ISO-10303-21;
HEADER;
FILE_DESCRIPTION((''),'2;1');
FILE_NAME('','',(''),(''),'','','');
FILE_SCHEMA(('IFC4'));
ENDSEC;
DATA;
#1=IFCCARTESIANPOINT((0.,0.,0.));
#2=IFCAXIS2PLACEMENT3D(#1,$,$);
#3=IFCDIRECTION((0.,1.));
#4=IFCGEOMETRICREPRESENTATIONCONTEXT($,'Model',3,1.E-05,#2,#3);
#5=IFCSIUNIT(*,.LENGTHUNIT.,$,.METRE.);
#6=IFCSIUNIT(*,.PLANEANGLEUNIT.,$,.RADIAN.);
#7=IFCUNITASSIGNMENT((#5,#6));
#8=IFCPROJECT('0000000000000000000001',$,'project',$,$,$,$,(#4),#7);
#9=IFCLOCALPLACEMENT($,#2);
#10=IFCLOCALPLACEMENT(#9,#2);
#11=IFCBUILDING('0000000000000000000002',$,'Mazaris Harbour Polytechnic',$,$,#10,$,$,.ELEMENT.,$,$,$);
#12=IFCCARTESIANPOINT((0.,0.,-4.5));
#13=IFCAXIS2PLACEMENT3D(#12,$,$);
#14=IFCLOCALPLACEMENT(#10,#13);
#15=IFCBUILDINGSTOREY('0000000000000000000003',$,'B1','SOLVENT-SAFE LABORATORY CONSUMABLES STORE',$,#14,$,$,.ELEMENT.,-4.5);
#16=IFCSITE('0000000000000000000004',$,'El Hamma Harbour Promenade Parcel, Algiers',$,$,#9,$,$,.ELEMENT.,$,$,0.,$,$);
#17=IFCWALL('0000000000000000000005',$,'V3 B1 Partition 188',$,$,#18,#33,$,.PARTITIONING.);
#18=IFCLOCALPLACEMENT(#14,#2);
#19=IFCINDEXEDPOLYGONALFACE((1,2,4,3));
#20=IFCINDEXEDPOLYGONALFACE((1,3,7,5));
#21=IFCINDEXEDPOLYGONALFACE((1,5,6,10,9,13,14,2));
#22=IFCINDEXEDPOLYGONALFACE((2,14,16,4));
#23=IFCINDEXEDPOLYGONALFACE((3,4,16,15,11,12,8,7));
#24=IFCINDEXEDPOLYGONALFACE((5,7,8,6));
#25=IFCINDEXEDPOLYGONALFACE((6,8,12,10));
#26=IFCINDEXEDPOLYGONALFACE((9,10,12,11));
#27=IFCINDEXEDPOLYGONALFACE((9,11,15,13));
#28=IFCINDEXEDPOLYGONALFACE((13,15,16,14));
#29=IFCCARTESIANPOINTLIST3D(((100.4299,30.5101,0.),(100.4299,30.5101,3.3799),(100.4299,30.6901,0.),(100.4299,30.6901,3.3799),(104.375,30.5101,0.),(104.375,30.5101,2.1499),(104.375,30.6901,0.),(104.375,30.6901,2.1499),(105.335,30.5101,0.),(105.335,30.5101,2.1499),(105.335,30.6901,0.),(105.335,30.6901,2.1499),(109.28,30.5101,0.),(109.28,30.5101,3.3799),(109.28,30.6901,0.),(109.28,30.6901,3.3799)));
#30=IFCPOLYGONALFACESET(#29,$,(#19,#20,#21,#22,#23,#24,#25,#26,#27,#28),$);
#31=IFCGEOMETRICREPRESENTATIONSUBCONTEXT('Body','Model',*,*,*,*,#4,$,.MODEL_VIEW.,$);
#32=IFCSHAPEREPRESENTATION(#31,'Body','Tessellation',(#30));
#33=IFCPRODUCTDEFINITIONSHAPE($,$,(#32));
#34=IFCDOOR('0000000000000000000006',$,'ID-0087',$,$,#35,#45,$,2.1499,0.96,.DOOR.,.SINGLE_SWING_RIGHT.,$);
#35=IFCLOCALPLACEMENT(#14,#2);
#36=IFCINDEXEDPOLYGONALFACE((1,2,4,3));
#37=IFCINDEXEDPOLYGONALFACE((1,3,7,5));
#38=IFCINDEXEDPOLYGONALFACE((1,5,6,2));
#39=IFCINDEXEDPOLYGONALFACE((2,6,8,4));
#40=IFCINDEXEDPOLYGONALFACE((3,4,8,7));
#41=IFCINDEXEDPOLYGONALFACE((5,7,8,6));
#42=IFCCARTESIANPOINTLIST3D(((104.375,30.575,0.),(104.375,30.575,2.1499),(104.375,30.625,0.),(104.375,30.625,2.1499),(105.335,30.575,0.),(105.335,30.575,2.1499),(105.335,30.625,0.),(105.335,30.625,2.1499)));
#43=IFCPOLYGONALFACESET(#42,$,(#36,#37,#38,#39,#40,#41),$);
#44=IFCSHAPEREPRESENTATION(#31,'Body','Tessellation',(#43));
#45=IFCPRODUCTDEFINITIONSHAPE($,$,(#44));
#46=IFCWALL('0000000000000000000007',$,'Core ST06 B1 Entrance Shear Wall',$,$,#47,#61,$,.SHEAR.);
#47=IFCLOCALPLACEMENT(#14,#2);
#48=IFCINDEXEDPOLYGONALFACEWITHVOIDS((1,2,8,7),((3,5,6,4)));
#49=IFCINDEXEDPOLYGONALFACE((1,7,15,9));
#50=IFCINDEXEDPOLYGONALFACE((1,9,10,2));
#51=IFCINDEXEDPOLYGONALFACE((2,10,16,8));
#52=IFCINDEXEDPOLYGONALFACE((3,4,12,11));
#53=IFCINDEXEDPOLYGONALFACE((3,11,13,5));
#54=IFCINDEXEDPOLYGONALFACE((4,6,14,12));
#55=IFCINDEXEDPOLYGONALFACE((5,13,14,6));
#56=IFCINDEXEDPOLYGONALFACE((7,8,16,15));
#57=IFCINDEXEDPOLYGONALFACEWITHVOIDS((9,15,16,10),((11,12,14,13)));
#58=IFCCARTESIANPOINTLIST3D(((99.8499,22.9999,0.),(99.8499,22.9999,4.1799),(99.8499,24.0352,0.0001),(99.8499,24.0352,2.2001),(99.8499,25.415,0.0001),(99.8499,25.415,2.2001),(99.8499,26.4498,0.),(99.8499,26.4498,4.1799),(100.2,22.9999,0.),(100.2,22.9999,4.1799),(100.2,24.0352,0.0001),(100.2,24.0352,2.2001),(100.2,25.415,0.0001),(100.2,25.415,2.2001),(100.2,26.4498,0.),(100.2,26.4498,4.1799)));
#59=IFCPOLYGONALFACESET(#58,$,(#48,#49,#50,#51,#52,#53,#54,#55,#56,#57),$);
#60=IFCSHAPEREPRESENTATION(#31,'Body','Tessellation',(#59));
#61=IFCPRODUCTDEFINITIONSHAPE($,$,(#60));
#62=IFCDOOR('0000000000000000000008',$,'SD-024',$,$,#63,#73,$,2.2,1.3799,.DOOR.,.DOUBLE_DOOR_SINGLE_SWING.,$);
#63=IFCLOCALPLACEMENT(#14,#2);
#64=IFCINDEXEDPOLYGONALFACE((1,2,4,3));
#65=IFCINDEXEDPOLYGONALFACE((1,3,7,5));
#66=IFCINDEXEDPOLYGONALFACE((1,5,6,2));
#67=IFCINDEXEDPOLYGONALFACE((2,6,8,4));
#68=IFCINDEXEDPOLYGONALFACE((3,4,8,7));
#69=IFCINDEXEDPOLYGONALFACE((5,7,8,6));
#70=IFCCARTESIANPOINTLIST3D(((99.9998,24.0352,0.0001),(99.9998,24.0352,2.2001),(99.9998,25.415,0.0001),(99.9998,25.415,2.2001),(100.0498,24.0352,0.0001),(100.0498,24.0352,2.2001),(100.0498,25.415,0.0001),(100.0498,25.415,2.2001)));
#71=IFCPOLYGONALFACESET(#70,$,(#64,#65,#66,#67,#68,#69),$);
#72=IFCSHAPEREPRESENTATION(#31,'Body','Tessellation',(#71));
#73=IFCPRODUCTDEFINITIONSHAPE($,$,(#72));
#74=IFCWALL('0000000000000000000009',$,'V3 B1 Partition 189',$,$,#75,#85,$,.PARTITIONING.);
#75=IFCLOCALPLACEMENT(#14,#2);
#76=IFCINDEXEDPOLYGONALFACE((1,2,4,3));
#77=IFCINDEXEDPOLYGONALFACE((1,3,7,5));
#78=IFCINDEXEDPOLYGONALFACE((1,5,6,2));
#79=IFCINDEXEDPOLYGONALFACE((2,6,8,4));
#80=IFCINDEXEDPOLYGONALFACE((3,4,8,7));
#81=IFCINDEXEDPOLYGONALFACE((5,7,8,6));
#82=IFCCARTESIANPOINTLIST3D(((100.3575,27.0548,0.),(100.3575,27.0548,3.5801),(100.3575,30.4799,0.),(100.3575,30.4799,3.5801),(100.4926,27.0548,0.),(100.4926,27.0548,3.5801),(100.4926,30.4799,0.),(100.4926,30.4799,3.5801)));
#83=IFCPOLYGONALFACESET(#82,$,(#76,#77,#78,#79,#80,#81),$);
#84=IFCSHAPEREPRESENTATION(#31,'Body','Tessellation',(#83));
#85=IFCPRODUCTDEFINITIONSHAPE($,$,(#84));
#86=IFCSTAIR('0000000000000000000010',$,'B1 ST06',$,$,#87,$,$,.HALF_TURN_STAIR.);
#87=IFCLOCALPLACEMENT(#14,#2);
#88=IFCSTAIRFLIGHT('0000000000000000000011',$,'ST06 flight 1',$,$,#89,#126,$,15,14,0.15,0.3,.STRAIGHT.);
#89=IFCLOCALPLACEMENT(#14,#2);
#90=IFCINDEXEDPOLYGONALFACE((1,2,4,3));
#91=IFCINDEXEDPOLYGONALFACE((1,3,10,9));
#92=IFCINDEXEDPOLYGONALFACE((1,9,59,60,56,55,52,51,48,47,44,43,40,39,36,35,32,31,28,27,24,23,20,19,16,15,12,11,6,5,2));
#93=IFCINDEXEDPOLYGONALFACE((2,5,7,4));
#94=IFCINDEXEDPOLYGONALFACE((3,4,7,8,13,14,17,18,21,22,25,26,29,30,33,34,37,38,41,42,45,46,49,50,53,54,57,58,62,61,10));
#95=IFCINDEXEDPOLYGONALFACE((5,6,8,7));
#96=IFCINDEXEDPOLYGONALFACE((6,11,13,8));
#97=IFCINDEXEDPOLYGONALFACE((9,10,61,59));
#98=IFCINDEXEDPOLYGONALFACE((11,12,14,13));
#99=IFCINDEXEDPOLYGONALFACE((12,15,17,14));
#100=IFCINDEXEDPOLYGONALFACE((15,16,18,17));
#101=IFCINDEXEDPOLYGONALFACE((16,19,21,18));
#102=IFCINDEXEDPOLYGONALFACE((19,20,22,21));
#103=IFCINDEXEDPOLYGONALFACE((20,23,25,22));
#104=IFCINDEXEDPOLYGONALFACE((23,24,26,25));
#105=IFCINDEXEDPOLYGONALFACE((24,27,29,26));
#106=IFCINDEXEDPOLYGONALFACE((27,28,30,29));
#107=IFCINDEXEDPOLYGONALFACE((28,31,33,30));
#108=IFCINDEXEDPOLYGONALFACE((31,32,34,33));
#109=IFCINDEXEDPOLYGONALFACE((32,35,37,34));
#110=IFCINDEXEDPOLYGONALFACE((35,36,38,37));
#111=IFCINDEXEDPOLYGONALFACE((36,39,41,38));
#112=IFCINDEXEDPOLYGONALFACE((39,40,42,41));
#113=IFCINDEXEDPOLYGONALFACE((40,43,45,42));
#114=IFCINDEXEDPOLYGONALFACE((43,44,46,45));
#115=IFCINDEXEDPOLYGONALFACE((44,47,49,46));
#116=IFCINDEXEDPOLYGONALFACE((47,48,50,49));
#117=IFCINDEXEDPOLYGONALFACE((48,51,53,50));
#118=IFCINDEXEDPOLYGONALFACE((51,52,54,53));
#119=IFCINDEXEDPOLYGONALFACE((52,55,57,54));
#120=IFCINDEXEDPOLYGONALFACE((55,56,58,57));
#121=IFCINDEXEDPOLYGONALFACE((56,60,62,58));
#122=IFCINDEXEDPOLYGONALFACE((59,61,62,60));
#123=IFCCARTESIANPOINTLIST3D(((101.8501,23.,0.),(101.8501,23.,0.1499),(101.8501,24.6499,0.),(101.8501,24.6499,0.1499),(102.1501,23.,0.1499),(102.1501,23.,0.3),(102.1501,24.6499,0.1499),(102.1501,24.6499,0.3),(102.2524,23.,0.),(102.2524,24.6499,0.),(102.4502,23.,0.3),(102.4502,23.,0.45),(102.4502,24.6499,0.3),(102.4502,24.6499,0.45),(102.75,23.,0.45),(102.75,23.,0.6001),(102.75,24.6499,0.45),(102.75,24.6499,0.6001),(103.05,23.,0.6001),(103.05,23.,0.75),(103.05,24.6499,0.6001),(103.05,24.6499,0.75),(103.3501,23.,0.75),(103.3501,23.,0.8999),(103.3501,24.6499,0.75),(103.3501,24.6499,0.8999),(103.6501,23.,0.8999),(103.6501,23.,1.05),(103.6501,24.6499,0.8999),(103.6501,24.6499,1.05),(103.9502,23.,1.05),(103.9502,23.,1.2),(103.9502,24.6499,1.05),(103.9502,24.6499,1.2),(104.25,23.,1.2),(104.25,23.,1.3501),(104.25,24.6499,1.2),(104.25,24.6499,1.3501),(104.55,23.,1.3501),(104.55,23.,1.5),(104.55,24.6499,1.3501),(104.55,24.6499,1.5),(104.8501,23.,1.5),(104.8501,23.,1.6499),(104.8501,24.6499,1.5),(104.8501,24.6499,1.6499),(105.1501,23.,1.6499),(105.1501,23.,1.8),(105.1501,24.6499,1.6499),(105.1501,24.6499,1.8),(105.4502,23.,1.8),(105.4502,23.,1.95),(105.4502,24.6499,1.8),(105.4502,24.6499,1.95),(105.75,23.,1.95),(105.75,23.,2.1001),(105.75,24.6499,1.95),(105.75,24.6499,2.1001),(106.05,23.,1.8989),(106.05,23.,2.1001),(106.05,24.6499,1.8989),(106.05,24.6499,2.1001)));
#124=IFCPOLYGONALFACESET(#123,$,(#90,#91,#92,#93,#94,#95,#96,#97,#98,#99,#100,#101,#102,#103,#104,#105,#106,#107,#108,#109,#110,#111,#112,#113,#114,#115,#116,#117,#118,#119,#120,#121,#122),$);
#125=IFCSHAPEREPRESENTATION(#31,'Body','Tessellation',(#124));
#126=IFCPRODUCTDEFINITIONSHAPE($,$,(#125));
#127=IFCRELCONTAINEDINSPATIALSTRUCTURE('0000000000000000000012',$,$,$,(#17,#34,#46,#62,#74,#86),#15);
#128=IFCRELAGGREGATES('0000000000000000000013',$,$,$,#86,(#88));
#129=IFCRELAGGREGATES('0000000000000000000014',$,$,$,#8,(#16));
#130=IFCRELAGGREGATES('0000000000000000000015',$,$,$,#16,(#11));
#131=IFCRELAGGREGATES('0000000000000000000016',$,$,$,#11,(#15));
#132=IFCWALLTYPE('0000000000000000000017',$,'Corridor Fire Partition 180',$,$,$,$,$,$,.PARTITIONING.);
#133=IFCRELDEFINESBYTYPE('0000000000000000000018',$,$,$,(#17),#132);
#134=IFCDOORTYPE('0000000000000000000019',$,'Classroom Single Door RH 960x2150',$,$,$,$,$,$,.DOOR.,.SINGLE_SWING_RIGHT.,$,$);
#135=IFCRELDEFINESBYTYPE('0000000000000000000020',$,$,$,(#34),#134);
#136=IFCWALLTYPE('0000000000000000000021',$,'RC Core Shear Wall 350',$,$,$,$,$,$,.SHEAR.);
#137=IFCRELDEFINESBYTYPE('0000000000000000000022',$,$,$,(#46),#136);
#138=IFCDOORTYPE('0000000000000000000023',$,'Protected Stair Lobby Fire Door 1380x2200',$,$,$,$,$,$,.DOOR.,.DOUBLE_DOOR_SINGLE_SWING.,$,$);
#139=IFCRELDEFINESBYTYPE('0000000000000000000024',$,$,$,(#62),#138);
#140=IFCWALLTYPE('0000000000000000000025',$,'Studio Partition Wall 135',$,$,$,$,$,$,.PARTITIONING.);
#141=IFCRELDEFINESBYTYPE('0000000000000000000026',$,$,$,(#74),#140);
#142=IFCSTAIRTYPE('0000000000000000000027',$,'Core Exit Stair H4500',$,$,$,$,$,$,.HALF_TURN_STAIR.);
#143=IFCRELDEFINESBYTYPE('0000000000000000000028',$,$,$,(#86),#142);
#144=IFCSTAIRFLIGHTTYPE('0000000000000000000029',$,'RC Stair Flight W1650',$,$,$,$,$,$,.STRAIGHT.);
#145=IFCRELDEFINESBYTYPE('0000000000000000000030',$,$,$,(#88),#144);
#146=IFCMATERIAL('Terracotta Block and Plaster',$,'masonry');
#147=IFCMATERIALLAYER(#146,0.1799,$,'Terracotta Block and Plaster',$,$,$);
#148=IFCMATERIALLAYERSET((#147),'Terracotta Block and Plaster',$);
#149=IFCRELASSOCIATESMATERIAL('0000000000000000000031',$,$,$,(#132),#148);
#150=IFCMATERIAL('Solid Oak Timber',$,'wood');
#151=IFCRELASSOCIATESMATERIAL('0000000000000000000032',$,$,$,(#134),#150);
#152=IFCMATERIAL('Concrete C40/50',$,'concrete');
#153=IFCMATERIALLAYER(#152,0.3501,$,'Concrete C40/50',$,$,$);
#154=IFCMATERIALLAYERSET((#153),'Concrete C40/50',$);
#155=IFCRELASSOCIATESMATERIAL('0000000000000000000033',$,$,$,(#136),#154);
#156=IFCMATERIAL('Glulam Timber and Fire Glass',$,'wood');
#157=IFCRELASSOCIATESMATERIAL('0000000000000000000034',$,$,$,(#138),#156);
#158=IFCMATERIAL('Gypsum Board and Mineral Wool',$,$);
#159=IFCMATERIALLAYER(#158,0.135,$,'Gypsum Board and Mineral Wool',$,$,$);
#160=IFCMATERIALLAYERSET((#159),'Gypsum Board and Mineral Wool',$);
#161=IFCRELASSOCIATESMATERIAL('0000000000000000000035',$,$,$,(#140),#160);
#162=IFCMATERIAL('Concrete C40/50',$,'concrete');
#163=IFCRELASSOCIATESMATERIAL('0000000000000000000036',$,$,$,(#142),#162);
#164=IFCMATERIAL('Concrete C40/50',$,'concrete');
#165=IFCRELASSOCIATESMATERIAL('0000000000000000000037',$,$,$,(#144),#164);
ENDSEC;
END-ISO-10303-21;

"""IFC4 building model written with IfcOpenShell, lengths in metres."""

from ifc_helpers import new_model, si_unit, direction, frame, frame_2d, origin, place, context, subcontext, project, spatial, polyline, rectangle, outline, extrude, material, layer, layer_set, type_object, element, fill, aggregate, save


model = new_model("IFC4")

# Units and contexts
model_context = context("Model", 3, precision=1e-05, world=origin(), true_north=direction((0.0, 1.0)))
body_context = subcontext(model_context, "Body", "Model", "MODEL_VIEW")
ifc_project = project(units=[si_unit("LENGTHUNIT", "METRE"), si_unit("PLANEANGLEUNIT", "RADIAN")], contexts=[model_context])

# Site, building, storey
site_placement = place(None, origin())
site = spatial("IfcSite", under=ifc_project, at=site_placement, Name="El Hamma Harbour Promenade Parcel, Algiers", CompositionType="ELEMENT", RefElevation=0.0)
building_placement = place(site_placement, origin())
building = spatial("IfcBuilding", under=site, at=building_placement, Name="Mazaris Harbour Polytechnic", CompositionType="ELEMENT")
storey_placement = place(building_placement, frame((0.0, 0.0, -4.5)))
storey = spatial("IfcBuildingStorey", under=building, at=storey_placement, Name="B1", Description="SOLVENT-SAFE LABORATORY CONSUMABLES STORE", CompositionType="ELEMENT", Elevation=-4.5)

# Walls, openings, doors
ifc_material_1 = material(Name="Terracotta Block and Plaster", Category="masonry")
ifc_layer_1 = layer(ifc_material_1, 0.1799, Name="Terracotta Block and Plaster")
ifc_layer_set_1 = layer_set([ifc_layer_1], Name="Terracotta Block and Plaster")
wall_type_1 = type_object("IfcWallType", Name="Corridor Fire Partition 180", PredefinedType="PARTITIONING", material=ifc_layer_set_1)
wall_1_placement = place(storey_placement, frame((100.4299, 30.6001, 0.0), z_axis=(0.0, 0.0, 1.0), x_axis=(1.0, 0.0, 0.0)))
wall_1 = element("IfcWall", 1, at=wall_1_placement, inside=storey, type_object=wall_type_1, Name="V3 B1 Partition 188", PredefinedType="PARTITIONING", context=body_context, shape_type="SweptSolid", body=[
    extrude(rectangle(XDim=8.8501, YDim=0.1799, at=frame_2d((4.425, 0.0))), origin(), (0.0, 0.0, 1.0), 3.3799),
])
opening_1_placement = place(wall_1_placement, frame((3.9451, 0.0, 0.0)))
opening_1 = element("IfcOpeningElement", 2, at=opening_1_placement, cuts=wall_1, PredefinedType="OPENING", context=body_context, shape_type="SweptSolid", body=[
    extrude(rectangle(XDim=0.96, YDim=2.1499, at=frame_2d((0.48, 1.075))), frame((0.0, 0.0999, 0.0), z_axis=(0.0, -1.0, 0.0), x_axis=(1.0, 0.0, 0.0)), (0.0, 0.0, 1.0), 0.2),
])
ifc_material_2 = material(Name="Solid Oak Timber", Category="wood")
door_type_1 = type_object("IfcDoorType", Name="Classroom Single Door RH 960x2150", OperationType="SINGLE_SWING_RIGHT", PredefinedType="DOOR", material=ifc_material_2)
door_1_placement = place(opening_1_placement, origin())
door_1 = element("IfcDoor", 3, at=door_1_placement, inside=storey, type_object=door_type_1, Name="ID-0087", OperationType="SINGLE_SWING_RIGHT", OverallHeight=2.1499, OverallWidth=0.96, PredefinedType="DOOR", context=body_context, shape_type="SweptSolid", body=[
    extrude(rectangle(XDim=0.96, YDim=2.1499, at=frame_2d((0.48, 1.075))), frame((0.0, 0.0249, 0.0), z_axis=(0.0, -1.0, 0.0), x_axis=(1.0, 0.0, 0.0)), (0.0, 0.0, 1.0), 0.05),
])
fill(opening_1, door_1)
ifc_material_3 = material(Name="Concrete C40/50", Category="concrete")
ifc_layer_2 = layer(ifc_material_3, 0.3501, Name="Concrete C40/50")
ifc_layer_set_2 = layer_set([ifc_layer_2], Name="Concrete C40/50")
wall_type_2 = type_object("IfcWallType", Name="RC Core Shear Wall 350", PredefinedType="SHEAR", material=ifc_layer_set_2)
wall_2_placement = place(storey_placement, frame((100.0249, 26.45, 0.0), z_axis=(0.0, 0.0, 1.0), x_axis=(0.0, -1.0, 0.0)))
wall_2 = element("IfcWall", 4, at=wall_2_placement, inside=storey, type_object=wall_type_2, Name="Core ST06 B1 Entrance Shear Wall", PredefinedType="SHEAR", context=body_context, shape_type="SweptSolid", body=[
    extrude(rectangle(XDim=3.45, YDim=0.3501, at=frame_2d((1.7251, 0.0))), origin(), (0.0, 0.0, 1.0), 4.1799),
])
opening_2_placement = place(wall_2_placement, frame((1.0349, 0.0, 0.0)))
opening_2 = element("IfcOpeningElement", 5, at=opening_2_placement, cuts=wall_2, PredefinedType="OPENING", context=body_context, shape_type="SweptSolid", body=[
    extrude(rectangle(XDim=1.3799, YDim=2.2, at=frame_2d((0.6899, 1.1001))), frame((0.0, 0.1851, 0.0), z_axis=(0.0, -1.0, 0.0), x_axis=(1.0, 0.0, 0.0)), (0.0, 0.0, 1.0), 0.3701),
])
ifc_material_4 = material(Name="Glulam Timber and Fire Glass", Category="wood")
door_type_2 = type_object("IfcDoorType", Name="Protected Stair Lobby Fire Door 1380x2200", OperationType="DOUBLE_DOOR_SINGLE_SWING", PredefinedType="DOOR", material=ifc_material_4)
door_2_placement = place(opening_2_placement, origin())
door_2 = element("IfcDoor", 6, at=door_2_placement, inside=storey, type_object=door_type_2, Name="SD-024", OperationType="DOUBLE_DOOR_SINGLE_SWING", OverallHeight=2.2, OverallWidth=1.3799, PredefinedType="DOOR", context=body_context, shape_type="SweptSolid", body=[
    extrude(rectangle(XDim=1.3799, YDim=2.2, at=frame_2d((0.6899, 1.1001))), frame((0.0, 0.0249, 0.0), z_axis=(0.0, -1.0, 0.0), x_axis=(1.0, 0.0, 0.0)), (0.0, 0.0, 1.0), 0.05),
])
fill(opening_2, door_2)

# Wall
ifc_material_5 = material(Name="Gypsum Board and Mineral Wool")
ifc_layer_3 = layer(ifc_material_5, 0.135, Name="Gypsum Board and Mineral Wool")
ifc_layer_set_3 = layer_set([ifc_layer_3], Name="Gypsum Board and Mineral Wool")
wall_type_3 = type_object("IfcWallType", Name="Studio Partition Wall 135", PredefinedType="PARTITIONING", material=ifc_layer_set_3)
wall_3_placement = place(storey_placement, frame((100.425, 27.0549, 0.0), z_axis=(0.0, 0.0, 1.0), x_axis=(0.0, 1.0, 0.0)))
element("IfcWall", 7, at=wall_3_placement, inside=storey, type_object=wall_type_3, Name="V3 B1 Partition 189", PredefinedType="PARTITIONING", context=body_context, shape_type="SweptSolid", body=[
    extrude(rectangle(XDim=3.425, YDim=0.135, at=frame_2d((1.7124, 0.0))), origin(), (0.0, 0.0, 1.0), 3.5801),
])

# Stair, stair flight
ifc_material_6 = material(Name="Concrete C40/50", Category="concrete")
stair_type = type_object("IfcStairType", Name="Core Exit Stair H4500", PredefinedType="HALF_TURN_STAIR", material=ifc_material_6)
stair_placement = place(storey_placement, origin())
stair = element("IfcStair", 8, at=stair_placement, inside=storey, type_object=stair_type, Name="B1 ST06", PredefinedType="HALF_TURN_STAIR")
ifc_material_7 = material(Name="Concrete C40/50", Category="concrete")
stair_flight_type = type_object("IfcStairFlightType", Name="RC Stair Flight W1650", PredefinedType="STRAIGHT", material=ifc_material_7)
stair_flight_placement = place(storey_placement, frame((101.8501, 23.825, 0.0), z_axis=(0.0, 0.0, 1.0), x_axis=(1.0, 0.0, 0.0)))
stair_flight = element("IfcStairFlight", 9, at=stair_flight_placement, type_object=stair_flight_type, Name="ST06 flight 1", NumberOfRisers=15, NumberOfTreads=14, PredefinedType="STRAIGHT", RiserHeight=0.15, TreadLength=0.3, context=body_context, shape_type="SweptSolid", body=[
    extrude(outline(polyline([(0.0, 0.0), (0.0, 0.1499), (0.3, 0.1499), (0.3, 0.3), (0.6001, 0.3), (0.6001, 0.45), (0.8999, 0.45), (0.8999, 0.6001), (1.2, 0.6001), (1.2, 0.75), (1.5, 0.75), (1.5, 0.8999), (1.8, 0.8999), (1.8, 1.05), (2.1001, 1.05), (2.1001, 1.2), (2.3999, 1.2), (2.3999, 1.3501), (2.7, 1.3501), (2.7, 1.5), (3.0, 1.5), (3.0, 1.6499), (3.3, 1.6499), (3.3, 1.8), (3.6001, 1.8), (3.6001, 1.95), (3.8999, 1.95), (3.8999, 2.1001), (4.2, 2.1001), (4.2, 2.25), (4.2, 1.8989), (0.4023, 0.0), (0.0, 0.0)])), frame((0.0, 0.825, 0.0), z_axis=(0.0, -1.0, 0.0), x_axis=(1.0, 0.0, 0.0)), (0.0, 0.0, 1.0), 1.6499),
])
aggregate(stair, [stair_flight])

save(model, "model.ifc")
